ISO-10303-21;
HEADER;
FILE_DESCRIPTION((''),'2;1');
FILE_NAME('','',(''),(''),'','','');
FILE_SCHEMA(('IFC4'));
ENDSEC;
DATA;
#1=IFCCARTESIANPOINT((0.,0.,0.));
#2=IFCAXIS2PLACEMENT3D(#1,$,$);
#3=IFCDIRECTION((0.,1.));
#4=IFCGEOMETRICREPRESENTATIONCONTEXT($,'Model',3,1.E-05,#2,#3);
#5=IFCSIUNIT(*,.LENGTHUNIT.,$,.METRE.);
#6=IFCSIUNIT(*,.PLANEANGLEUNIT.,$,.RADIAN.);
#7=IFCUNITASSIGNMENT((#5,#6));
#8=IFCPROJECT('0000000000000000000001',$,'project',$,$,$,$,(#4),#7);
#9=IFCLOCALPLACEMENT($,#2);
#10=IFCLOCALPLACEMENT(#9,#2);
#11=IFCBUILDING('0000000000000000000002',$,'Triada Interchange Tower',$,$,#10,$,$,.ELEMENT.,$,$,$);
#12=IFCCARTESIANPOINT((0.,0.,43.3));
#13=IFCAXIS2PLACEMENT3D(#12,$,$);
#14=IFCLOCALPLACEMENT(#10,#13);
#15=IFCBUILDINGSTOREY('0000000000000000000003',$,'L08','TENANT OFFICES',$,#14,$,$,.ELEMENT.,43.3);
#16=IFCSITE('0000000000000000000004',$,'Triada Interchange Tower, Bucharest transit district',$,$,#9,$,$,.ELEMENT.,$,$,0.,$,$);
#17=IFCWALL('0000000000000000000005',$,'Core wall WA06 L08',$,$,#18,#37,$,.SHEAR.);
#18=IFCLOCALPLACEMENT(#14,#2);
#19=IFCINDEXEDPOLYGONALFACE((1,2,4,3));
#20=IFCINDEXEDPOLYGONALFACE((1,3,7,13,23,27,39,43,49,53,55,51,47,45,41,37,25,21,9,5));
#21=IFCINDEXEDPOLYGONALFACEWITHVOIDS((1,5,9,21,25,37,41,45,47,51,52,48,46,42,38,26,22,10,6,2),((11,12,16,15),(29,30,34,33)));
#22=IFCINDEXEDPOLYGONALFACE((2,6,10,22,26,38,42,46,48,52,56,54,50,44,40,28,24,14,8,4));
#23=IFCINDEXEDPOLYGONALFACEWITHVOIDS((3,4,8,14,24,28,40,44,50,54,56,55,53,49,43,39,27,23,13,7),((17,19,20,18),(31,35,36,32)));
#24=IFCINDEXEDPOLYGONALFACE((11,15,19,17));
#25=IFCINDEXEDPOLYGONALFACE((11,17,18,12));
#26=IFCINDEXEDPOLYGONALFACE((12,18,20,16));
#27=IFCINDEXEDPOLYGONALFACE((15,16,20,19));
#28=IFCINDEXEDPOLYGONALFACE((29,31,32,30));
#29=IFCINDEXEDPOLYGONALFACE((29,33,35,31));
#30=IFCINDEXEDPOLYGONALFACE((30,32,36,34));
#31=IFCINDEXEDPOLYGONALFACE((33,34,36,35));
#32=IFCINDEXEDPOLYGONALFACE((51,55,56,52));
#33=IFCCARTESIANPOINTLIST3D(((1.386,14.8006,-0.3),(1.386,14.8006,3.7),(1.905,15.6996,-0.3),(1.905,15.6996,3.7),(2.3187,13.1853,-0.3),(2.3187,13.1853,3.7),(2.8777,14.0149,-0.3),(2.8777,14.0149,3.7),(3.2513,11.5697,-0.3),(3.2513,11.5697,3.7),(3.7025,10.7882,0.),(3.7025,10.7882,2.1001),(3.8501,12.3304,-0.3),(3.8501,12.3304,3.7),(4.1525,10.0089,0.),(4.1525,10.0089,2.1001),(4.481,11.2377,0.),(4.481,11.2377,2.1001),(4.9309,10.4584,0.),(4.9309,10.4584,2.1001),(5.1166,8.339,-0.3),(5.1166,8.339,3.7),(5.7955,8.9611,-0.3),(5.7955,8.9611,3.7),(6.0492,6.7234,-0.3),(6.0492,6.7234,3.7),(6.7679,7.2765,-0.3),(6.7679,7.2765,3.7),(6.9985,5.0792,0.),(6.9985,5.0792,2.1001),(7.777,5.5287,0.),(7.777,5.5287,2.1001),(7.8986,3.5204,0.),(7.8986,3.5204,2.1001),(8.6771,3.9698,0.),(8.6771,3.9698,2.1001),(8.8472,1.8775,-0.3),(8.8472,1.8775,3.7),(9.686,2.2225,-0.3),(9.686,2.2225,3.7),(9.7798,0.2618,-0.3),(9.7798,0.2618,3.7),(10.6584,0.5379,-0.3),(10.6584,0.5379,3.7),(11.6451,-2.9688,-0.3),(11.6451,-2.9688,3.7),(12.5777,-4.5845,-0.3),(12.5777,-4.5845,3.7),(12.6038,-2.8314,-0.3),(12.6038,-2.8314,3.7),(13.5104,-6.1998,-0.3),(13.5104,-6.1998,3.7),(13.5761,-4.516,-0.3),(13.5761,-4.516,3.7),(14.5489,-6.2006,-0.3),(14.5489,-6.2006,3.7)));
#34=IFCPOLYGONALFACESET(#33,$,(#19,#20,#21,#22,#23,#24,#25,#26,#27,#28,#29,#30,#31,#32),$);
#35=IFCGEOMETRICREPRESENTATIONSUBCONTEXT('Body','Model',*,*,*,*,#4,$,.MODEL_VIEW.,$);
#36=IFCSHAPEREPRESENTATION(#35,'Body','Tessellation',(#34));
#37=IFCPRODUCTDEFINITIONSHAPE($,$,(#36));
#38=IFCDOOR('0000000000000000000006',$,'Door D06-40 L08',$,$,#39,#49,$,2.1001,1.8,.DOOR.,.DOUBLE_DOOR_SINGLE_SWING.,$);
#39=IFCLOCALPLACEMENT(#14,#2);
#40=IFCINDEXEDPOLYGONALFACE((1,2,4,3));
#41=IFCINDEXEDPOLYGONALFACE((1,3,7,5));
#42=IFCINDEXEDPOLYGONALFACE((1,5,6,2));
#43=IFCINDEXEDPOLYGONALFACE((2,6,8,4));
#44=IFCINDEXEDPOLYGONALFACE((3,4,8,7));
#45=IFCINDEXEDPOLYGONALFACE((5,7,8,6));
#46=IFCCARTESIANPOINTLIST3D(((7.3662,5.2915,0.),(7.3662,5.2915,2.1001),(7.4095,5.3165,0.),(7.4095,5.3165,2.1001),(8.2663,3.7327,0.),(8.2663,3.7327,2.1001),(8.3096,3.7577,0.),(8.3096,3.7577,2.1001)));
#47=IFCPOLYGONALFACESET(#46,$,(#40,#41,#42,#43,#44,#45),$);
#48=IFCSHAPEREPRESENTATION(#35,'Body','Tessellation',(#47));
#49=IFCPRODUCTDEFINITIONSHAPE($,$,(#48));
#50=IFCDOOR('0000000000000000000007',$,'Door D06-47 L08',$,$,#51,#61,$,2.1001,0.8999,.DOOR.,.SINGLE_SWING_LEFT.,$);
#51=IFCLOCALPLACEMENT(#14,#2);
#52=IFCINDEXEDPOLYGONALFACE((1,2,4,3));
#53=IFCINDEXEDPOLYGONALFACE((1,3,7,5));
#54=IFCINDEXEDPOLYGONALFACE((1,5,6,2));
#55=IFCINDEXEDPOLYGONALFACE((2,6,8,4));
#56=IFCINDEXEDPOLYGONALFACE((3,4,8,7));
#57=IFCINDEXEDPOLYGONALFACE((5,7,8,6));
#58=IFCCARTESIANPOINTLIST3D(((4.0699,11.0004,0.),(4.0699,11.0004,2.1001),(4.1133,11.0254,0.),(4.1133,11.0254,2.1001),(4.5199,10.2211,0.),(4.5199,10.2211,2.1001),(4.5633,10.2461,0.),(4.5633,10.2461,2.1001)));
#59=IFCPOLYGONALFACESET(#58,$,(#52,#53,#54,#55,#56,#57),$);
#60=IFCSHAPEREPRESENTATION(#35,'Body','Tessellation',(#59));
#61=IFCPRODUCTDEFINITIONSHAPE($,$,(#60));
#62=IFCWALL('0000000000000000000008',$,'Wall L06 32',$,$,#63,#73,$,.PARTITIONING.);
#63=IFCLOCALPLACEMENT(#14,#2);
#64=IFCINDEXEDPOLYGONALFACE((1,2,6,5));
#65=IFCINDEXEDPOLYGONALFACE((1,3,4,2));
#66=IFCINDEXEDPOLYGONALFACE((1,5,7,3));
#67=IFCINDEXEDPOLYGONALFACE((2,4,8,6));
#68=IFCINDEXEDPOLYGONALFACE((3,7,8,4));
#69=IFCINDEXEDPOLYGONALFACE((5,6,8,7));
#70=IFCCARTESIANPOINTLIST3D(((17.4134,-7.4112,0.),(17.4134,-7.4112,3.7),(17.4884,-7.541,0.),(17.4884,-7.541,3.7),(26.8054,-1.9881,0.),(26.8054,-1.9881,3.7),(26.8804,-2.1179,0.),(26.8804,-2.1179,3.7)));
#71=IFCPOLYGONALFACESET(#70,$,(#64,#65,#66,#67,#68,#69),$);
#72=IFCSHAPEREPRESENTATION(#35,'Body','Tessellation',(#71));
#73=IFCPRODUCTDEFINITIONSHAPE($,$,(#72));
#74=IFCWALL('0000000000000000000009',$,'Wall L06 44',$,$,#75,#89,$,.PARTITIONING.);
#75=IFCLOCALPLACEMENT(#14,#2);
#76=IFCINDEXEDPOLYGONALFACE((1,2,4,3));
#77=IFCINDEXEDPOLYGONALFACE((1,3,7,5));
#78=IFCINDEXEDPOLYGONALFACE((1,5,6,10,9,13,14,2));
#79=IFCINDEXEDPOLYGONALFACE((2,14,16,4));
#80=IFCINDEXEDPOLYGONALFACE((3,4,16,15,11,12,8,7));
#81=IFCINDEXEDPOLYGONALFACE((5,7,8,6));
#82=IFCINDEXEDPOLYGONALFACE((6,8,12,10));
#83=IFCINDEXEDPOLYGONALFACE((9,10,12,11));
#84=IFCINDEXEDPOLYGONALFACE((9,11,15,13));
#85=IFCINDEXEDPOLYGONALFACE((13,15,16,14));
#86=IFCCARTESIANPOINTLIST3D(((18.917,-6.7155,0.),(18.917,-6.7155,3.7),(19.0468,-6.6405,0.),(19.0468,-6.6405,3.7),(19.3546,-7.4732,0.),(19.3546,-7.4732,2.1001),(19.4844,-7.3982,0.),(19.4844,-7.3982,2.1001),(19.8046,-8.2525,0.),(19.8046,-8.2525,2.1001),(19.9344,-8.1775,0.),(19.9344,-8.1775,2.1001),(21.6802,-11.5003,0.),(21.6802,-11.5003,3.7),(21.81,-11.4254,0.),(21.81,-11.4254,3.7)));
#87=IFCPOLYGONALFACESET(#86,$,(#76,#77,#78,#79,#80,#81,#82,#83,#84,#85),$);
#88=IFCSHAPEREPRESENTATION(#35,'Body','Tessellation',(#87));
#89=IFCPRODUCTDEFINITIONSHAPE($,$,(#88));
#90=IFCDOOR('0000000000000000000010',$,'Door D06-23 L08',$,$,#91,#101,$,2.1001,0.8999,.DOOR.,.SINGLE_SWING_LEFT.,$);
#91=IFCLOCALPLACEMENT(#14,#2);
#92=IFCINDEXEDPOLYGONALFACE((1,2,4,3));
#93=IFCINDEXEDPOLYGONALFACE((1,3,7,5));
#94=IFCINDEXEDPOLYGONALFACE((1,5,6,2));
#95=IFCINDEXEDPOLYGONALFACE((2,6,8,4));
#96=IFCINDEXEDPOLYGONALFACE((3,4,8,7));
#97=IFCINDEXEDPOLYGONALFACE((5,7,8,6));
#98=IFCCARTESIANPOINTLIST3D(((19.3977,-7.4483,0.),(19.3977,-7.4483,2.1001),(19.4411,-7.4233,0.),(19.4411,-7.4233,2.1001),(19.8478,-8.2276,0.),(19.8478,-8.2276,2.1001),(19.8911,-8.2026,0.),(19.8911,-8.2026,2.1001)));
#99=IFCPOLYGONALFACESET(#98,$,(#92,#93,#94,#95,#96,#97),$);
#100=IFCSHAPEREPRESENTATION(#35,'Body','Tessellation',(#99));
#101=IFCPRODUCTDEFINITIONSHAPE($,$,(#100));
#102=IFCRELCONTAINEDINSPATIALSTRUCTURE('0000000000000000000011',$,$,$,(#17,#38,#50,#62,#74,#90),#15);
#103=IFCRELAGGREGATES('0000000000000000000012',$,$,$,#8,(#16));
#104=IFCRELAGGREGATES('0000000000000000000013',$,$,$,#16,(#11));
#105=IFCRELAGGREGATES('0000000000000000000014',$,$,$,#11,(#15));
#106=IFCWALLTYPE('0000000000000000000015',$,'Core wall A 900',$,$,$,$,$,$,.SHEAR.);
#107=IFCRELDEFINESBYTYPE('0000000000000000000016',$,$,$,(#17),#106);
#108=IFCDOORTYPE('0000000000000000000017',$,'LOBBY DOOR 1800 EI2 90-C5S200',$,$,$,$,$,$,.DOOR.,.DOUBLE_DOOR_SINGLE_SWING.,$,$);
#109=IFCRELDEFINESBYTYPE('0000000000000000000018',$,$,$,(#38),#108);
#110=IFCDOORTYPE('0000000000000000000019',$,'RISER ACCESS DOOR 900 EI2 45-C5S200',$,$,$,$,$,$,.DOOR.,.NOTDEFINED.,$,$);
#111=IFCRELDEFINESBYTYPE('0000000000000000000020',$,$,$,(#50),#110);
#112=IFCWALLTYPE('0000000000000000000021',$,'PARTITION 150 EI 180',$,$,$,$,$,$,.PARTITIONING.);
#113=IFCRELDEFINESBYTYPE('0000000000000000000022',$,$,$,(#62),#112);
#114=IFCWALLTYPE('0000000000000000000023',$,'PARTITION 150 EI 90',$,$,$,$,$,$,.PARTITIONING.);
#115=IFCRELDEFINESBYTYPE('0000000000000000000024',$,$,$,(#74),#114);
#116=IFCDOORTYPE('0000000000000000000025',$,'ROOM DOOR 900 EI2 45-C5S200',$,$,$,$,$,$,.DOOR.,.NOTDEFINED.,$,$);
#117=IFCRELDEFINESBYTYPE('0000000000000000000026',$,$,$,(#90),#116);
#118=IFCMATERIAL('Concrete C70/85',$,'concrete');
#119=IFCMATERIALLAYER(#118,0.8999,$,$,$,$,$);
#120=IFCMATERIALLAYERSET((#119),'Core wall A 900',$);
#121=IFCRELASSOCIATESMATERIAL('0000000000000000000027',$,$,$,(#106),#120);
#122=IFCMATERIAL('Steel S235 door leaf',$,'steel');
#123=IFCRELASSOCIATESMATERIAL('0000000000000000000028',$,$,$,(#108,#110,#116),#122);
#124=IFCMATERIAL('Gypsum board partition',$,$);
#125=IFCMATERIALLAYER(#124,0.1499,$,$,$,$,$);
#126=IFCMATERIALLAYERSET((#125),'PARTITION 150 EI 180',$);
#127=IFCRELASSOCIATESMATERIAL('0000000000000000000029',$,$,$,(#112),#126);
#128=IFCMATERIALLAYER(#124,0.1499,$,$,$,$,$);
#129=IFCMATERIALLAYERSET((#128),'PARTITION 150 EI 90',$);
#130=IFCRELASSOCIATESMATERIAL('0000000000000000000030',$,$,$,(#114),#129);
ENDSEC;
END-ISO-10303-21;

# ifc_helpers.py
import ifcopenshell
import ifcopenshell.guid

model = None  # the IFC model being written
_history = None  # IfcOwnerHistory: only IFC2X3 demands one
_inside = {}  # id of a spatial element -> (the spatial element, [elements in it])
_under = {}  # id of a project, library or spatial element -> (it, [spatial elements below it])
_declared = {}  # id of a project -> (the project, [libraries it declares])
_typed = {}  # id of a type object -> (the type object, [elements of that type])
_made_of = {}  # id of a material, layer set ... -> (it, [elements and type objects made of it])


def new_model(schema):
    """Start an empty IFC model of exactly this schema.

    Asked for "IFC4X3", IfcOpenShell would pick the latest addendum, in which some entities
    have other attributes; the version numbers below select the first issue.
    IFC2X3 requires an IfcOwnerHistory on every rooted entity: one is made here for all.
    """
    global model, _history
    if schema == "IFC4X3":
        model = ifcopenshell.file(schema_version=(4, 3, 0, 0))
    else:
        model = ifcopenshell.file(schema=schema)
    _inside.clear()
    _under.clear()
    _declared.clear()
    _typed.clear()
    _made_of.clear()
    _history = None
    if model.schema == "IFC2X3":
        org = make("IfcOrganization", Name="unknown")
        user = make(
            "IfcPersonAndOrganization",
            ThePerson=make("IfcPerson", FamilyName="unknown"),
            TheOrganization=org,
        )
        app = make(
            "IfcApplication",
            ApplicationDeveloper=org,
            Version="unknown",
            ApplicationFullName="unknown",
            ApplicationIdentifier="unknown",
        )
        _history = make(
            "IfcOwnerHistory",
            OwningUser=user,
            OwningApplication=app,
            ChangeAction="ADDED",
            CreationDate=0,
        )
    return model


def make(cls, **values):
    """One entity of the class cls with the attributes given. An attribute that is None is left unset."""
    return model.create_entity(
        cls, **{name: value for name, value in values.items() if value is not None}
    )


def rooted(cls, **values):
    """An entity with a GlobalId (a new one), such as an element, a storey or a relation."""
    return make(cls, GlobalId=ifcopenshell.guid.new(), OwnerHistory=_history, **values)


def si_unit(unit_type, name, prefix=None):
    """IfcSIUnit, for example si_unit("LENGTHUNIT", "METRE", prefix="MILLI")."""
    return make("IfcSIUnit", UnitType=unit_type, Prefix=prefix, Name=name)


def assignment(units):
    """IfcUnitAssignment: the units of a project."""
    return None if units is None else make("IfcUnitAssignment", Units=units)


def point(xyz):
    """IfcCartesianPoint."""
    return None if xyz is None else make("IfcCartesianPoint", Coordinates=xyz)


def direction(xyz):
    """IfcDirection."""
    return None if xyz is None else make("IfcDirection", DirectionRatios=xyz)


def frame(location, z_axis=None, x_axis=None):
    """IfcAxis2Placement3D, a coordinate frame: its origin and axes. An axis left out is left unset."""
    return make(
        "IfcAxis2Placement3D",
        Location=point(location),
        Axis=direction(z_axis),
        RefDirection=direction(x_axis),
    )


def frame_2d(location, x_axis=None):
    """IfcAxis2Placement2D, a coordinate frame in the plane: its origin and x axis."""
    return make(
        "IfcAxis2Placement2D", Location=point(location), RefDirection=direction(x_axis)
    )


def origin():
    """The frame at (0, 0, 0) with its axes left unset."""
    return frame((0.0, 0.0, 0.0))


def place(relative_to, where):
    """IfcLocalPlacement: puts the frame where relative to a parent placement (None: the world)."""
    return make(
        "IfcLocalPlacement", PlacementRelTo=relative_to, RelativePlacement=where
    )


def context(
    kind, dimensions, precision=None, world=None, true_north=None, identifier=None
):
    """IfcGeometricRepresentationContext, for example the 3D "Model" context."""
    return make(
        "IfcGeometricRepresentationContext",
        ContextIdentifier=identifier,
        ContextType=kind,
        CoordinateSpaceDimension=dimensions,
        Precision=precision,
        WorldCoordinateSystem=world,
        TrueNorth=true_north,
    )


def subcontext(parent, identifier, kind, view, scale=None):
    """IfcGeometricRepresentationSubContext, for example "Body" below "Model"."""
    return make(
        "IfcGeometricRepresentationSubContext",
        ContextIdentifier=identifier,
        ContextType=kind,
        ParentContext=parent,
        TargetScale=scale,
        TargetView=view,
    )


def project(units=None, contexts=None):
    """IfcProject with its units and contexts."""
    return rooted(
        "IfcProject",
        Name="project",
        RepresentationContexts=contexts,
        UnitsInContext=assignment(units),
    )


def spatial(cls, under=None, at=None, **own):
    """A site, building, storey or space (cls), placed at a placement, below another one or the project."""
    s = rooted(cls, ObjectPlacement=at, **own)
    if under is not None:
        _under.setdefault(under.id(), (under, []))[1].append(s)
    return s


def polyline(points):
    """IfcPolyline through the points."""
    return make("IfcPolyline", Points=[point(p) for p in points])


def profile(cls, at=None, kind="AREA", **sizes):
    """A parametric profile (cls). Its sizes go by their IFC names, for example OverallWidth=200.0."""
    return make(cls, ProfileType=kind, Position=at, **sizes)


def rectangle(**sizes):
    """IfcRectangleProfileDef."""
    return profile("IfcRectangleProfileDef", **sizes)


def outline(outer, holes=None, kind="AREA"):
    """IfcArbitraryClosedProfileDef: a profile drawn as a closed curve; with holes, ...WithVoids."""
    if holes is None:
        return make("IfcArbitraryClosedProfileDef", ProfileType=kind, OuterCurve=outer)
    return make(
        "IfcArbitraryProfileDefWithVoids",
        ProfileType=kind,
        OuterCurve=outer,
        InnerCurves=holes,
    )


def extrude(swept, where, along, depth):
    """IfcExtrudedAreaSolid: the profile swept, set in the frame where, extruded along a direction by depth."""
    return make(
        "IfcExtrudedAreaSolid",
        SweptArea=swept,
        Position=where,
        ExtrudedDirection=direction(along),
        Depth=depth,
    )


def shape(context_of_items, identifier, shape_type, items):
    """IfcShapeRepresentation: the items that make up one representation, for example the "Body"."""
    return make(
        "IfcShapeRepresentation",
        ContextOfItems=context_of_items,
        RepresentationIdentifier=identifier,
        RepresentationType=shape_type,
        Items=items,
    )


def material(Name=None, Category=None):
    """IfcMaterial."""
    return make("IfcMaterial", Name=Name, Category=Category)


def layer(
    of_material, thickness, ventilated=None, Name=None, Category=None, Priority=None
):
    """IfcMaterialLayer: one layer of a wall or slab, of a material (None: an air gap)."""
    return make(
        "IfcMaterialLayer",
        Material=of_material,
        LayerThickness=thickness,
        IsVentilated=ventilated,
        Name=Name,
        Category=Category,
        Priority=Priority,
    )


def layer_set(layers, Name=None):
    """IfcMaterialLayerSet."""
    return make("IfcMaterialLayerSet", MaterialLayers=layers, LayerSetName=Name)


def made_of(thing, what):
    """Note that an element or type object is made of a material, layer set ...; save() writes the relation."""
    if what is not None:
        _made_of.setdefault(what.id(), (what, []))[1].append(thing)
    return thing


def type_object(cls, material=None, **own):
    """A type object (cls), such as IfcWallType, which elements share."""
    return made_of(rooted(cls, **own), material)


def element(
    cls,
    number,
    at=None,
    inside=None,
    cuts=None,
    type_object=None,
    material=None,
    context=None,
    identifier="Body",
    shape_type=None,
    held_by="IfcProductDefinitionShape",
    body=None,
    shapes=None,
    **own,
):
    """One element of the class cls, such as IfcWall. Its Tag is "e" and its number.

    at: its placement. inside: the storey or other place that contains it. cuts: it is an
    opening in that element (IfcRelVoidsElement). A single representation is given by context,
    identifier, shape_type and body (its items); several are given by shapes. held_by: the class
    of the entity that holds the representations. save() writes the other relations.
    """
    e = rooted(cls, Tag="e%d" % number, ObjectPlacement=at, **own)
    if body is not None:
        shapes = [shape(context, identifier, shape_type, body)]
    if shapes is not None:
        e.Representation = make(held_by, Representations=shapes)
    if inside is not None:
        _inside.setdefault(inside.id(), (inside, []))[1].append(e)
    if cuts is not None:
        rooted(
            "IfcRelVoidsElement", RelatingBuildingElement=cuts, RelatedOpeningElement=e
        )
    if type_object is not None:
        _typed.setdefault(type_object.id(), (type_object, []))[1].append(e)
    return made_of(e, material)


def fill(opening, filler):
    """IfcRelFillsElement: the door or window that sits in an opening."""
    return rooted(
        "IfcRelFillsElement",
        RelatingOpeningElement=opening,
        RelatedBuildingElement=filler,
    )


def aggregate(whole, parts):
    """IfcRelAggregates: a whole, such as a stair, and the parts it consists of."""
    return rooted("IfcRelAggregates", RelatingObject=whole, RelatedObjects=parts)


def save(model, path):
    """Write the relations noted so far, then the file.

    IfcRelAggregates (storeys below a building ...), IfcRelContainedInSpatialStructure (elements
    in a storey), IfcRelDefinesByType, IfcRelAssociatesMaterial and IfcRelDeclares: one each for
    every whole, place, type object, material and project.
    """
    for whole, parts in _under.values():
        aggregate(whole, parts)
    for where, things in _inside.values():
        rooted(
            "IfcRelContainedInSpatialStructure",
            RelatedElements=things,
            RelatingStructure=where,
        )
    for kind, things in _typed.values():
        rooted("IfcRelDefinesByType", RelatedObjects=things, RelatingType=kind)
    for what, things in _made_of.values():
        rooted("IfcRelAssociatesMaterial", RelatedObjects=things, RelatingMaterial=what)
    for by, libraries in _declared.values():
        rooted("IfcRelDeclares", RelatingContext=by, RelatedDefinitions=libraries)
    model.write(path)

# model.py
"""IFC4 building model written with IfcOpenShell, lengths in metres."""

from ifc_helpers import new_model, si_unit, direction, frame, frame_2d, origin, place, context, subcontext, project, spatial, polyline, rectangle, outline, extrude, material, layer, layer_set, type_object, element, fill, save


model = new_model("IFC4")

# Units and contexts
model_context = context("Model", 3, precision=1e-05, world=origin(), true_north=direction((0.0, 1.0)))
body_context = subcontext(model_context, "Body", "Model", "MODEL_VIEW")
ifc_project = project(units=[si_unit("LENGTHUNIT", "METRE"), si_unit("PLANEANGLEUNIT", "RADIAN")], contexts=[model_context])

# Site, building, storey
site_placement = place(None, origin())
site = spatial("IfcSite", under=ifc_project, at=site_placement, Name="Triada Interchange Tower, Bucharest transit district", CompositionType="ELEMENT", RefElevation=0.0)
building_placement = place(site_placement, origin())
building = spatial("IfcBuilding", under=site, at=building_placement, Name="Triada Interchange Tower", CompositionType="ELEMENT")
storey_placement = place(building_placement, frame((0.0, 0.0, 43.3)))
storey = spatial("IfcBuildingStorey", under=building, at=storey_placement, Name="L08", Description="TENANT OFFICES", CompositionType="ELEMENT", Elevation=43.3)

# Shared definitions
ifc_material_1 = material(Name="Steel S235 door leaf", Category="steel")

# Wall, openings, doors
ifc_material_2 = material(Name="Concrete C70/85", Category="concrete")
ifc_layer_1 = layer(ifc_material_2, 0.8999)
ifc_layer_set_1 = layer_set([ifc_layer_1], Name="Core wall A 900")
wall_type_1 = type_object("IfcWallType", Name="Core wall A 900", PredefinedType="SHEAR", material=ifc_layer_set_1)
wall_1_placement = place(storey_placement, frame((14.03, -6.2, -0.3), z_axis=(0.0, 0.0, 1.0), x_axis=(-0.500026, 0.86601, 0.0)))
wall_1 = element("IfcWall", 1, at=wall_1_placement, inside=storey, type_object=wall_type_1, Name="Core wall WA06 L08", PredefinedType="SHEAR", context=body_context, shape_type="SweptSolid", body=[
    extrude(outline(polyline([(-0.26, -0.449), (1.6853, -0.449), (3.6304, -0.4492), (5.5757, -0.4492), (7.521, -0.4492), (9.4661, -0.4495), (11.4114, -0.4495), (13.3567, -0.4495), (15.302, -0.4495), (17.2471, -0.4497), (19.1924, -0.4497), (21.1377, -0.4497), (23.0828, -0.45), (25.0281, -0.45), (24.509, 0.449), (22.6438, 0.449), (20.7783, 0.4492), (18.9131, 0.4492), (17.0479, 0.4492), (15.1824, 0.4495), (13.3171, 0.4495), (11.4519, 0.4495), (9.5867, 0.4495), (7.7212, 0.4497), (5.856, 0.4497), (3.9907, 0.4497), (2.1252, 0.45), (0.26, 0.45), (-0.26, -0.449)])), origin(), (0.0, 0.0, 1.0), 4.0),
])
opening_1_placement = place(wall_1_placement, frame((11.4839, 0.0, 0.3)))
opening_1 = element("IfcOpeningElement", 2, at=opening_1_placement, cuts=wall_1, PredefinedType="OPENING", context=body_context, shape_type="SweptSolid", body=[
    extrude(rectangle(XDim=1.8, YDim=2.1001, at=frame_2d((0.8999, 1.05))), frame((0.0, 0.46, 0.0), z_axis=(0.0, -1.0, 0.0), x_axis=(1.0, 0.0, 0.0)), (0.0, 0.0, 1.0), 0.9199),
])
opening_2_placement = place(wall_1_placement, frame((18.9761, 0.0, 0.3)))
opening_2 = element("IfcOpeningElement", 3, at=opening_2_placement, cuts=wall_1, PredefinedType="OPENING", context=body_context, shape_type="SweptSolid", body=[
    extrude(rectangle(XDim=0.8999, YDim=2.1001, at=frame_2d((0.45, 1.05))), frame((0.0, 0.46, 0.0), z_axis=(0.0, -1.0, 0.0), x_axis=(1.0, 0.0, 0.0)), (0.0, 0.0, 1.0), 0.9199),
])
door_type_1 = type_object("IfcDoorType", Name="LOBBY DOOR 1800 EI2 90-C5S200", OperationType="DOUBLE_DOOR_SINGLE_SWING", PredefinedType="DOOR", material=ifc_material_1)
door_1_placement = place(opening_1_placement, origin())
door_1 = element("IfcDoor", 4, at=door_1_placement, inside=storey, type_object=door_type_1, Name="Door D06-40 L08", OperationType="DOUBLE_DOOR_SINGLE_SWING", OverallHeight=2.1001, OverallWidth=1.8, PredefinedType="DOOR", context=body_context, shape_type="SweptSolid", body=[
    extrude(rectangle(XDim=1.8, YDim=2.1001, at=frame_2d((0.8999, 1.05))), frame((0.0, 0.0249, 0.0), z_axis=(0.0, -1.0, 0.0), x_axis=(1.0, 0.0, 0.0)), (0.0, 0.0, 1.0), 0.05),
])
fill(opening_1, door_1)
door_type_2 = type_object("IfcDoorType", Name="RISER ACCESS DOOR 900 EI2 45-C5S200", OperationType="NOTDEFINED", PredefinedType="DOOR", material=ifc_material_1)
door_2_placement = place(opening_2_placement, origin())
door_2 = element("IfcDoor", 5, at=door_2_placement, inside=storey, type_object=door_type_2, Name="Door D06-47 L08", OperationType="SINGLE_SWING_LEFT", OverallHeight=2.1001, OverallWidth=0.8999, PredefinedType="DOOR", context=body_context, shape_type="SweptSolid", body=[
    extrude(rectangle(XDim=0.8999, YDim=2.1001, at=frame_2d((0.45, 1.05))), frame((0.0, 0.0249, 0.0), z_axis=(0.0, -1.0, 0.0), x_axis=(1.0, 0.0, 0.0)), (0.0, 0.0, 1.0), 0.05),
])
fill(opening_2, door_2)

# Wall
ifc_material_3 = material(Name="Gypsum board partition")
ifc_layer_2 = layer(ifc_material_3, 0.1499)
ifc_layer_set_2 = layer_set([ifc_layer_2], Name="PARTITION 150 EI 180")
wall_type_2 = type_object("IfcWallType", Name="PARTITION 150 EI 180", PredefinedType="PARTITIONING", material=ifc_layer_set_2)
wall_2_placement = place(storey_placement, frame((17.4509, -7.4761, 0.0), z_axis=(0.0, 0.0, 1.0), x_axis=(0.866003, 0.500039, 0.0)))
element("IfcWall", 6, at=wall_2_placement, inside=storey, type_object=wall_type_2, Name="Wall L06 32", PredefinedType="PARTITIONING", context=body_context, shape_type="SweptSolid", body=[
    extrude(rectangle(XDim=10.8452, YDim=0.1499, at=frame_2d((5.4226, 0.0))), origin(), (0.0, 0.0, 1.0), 3.7),
])

# Wall, opening, door
ifc_layer_3 = layer(ifc_material_3, 0.1499)
ifc_layer_set_3 = layer_set([ifc_layer_3], Name="PARTITION 150 EI 90")
wall_type_3 = type_object("IfcWallType", Name="PARTITION 150 EI 90", PredefinedType="PARTITIONING", material=ifc_layer_set_3)
wall_3_placement = place(storey_placement, frame((18.9819, -6.678, 0.0), z_axis=(0.0, 0.0, 1.0), x_axis=(0.500083, -0.865977, 0.0)))
wall_3 = element("IfcWall", 7, at=wall_3_placement, inside=storey, type_object=wall_type_3, Name="Wall L06 44", PredefinedType="PARTITIONING", context=body_context, shape_type="SweptSolid", body=[
    extrude(rectangle(XDim=5.5254, YDim=0.1499, at=frame_2d((2.7627, 0.0))), origin(), (0.0, 0.0, 1.0), 3.7),
])
opening_3_placement = place(wall_3_placement, frame((0.875, 0.0, 0.0)))
opening_3 = element("IfcOpeningElement", 8, at=opening_3_placement, cuts=wall_3, PredefinedType="OPENING", context=body_context, shape_type="SweptSolid", body=[
    extrude(rectangle(XDim=0.8999, YDim=2.1001, at=frame_2d((0.45, 1.05))), frame((0.0, 0.085, 0.0), z_axis=(0.0, -1.0, 0.0), x_axis=(1.0, 0.0, 0.0)), (0.0, 0.0, 1.0), 0.1699),
])
door_type_3 = type_object("IfcDoorType", Name="ROOM DOOR 900 EI2 45-C5S200", OperationType="NOTDEFINED", PredefinedType="DOOR", material=ifc_material_1)
door_3_placement = place(opening_3_placement, origin())
door_3 = element("IfcDoor", 9, at=door_3_placement, inside=storey, type_object=door_type_3, Name="Door D06-23 L08", OperationType="SINGLE_SWING_LEFT", OverallHeight=2.1001, OverallWidth=0.8999, PredefinedType="DOOR", context=body_context, shape_type="SweptSolid", body=[
    extrude(rectangle(XDim=0.8999, YDim=2.1001, at=frame_2d((0.45, 1.05))), frame((0.0, 0.0249, 0.0), z_axis=(0.0, -1.0, 0.0), x_axis=(1.0, 0.0, 0.0)), (0.0, 0.0, 1.0), 0.05),
])
fill(opening_3, door_3)

save(model, "model.ifc")
